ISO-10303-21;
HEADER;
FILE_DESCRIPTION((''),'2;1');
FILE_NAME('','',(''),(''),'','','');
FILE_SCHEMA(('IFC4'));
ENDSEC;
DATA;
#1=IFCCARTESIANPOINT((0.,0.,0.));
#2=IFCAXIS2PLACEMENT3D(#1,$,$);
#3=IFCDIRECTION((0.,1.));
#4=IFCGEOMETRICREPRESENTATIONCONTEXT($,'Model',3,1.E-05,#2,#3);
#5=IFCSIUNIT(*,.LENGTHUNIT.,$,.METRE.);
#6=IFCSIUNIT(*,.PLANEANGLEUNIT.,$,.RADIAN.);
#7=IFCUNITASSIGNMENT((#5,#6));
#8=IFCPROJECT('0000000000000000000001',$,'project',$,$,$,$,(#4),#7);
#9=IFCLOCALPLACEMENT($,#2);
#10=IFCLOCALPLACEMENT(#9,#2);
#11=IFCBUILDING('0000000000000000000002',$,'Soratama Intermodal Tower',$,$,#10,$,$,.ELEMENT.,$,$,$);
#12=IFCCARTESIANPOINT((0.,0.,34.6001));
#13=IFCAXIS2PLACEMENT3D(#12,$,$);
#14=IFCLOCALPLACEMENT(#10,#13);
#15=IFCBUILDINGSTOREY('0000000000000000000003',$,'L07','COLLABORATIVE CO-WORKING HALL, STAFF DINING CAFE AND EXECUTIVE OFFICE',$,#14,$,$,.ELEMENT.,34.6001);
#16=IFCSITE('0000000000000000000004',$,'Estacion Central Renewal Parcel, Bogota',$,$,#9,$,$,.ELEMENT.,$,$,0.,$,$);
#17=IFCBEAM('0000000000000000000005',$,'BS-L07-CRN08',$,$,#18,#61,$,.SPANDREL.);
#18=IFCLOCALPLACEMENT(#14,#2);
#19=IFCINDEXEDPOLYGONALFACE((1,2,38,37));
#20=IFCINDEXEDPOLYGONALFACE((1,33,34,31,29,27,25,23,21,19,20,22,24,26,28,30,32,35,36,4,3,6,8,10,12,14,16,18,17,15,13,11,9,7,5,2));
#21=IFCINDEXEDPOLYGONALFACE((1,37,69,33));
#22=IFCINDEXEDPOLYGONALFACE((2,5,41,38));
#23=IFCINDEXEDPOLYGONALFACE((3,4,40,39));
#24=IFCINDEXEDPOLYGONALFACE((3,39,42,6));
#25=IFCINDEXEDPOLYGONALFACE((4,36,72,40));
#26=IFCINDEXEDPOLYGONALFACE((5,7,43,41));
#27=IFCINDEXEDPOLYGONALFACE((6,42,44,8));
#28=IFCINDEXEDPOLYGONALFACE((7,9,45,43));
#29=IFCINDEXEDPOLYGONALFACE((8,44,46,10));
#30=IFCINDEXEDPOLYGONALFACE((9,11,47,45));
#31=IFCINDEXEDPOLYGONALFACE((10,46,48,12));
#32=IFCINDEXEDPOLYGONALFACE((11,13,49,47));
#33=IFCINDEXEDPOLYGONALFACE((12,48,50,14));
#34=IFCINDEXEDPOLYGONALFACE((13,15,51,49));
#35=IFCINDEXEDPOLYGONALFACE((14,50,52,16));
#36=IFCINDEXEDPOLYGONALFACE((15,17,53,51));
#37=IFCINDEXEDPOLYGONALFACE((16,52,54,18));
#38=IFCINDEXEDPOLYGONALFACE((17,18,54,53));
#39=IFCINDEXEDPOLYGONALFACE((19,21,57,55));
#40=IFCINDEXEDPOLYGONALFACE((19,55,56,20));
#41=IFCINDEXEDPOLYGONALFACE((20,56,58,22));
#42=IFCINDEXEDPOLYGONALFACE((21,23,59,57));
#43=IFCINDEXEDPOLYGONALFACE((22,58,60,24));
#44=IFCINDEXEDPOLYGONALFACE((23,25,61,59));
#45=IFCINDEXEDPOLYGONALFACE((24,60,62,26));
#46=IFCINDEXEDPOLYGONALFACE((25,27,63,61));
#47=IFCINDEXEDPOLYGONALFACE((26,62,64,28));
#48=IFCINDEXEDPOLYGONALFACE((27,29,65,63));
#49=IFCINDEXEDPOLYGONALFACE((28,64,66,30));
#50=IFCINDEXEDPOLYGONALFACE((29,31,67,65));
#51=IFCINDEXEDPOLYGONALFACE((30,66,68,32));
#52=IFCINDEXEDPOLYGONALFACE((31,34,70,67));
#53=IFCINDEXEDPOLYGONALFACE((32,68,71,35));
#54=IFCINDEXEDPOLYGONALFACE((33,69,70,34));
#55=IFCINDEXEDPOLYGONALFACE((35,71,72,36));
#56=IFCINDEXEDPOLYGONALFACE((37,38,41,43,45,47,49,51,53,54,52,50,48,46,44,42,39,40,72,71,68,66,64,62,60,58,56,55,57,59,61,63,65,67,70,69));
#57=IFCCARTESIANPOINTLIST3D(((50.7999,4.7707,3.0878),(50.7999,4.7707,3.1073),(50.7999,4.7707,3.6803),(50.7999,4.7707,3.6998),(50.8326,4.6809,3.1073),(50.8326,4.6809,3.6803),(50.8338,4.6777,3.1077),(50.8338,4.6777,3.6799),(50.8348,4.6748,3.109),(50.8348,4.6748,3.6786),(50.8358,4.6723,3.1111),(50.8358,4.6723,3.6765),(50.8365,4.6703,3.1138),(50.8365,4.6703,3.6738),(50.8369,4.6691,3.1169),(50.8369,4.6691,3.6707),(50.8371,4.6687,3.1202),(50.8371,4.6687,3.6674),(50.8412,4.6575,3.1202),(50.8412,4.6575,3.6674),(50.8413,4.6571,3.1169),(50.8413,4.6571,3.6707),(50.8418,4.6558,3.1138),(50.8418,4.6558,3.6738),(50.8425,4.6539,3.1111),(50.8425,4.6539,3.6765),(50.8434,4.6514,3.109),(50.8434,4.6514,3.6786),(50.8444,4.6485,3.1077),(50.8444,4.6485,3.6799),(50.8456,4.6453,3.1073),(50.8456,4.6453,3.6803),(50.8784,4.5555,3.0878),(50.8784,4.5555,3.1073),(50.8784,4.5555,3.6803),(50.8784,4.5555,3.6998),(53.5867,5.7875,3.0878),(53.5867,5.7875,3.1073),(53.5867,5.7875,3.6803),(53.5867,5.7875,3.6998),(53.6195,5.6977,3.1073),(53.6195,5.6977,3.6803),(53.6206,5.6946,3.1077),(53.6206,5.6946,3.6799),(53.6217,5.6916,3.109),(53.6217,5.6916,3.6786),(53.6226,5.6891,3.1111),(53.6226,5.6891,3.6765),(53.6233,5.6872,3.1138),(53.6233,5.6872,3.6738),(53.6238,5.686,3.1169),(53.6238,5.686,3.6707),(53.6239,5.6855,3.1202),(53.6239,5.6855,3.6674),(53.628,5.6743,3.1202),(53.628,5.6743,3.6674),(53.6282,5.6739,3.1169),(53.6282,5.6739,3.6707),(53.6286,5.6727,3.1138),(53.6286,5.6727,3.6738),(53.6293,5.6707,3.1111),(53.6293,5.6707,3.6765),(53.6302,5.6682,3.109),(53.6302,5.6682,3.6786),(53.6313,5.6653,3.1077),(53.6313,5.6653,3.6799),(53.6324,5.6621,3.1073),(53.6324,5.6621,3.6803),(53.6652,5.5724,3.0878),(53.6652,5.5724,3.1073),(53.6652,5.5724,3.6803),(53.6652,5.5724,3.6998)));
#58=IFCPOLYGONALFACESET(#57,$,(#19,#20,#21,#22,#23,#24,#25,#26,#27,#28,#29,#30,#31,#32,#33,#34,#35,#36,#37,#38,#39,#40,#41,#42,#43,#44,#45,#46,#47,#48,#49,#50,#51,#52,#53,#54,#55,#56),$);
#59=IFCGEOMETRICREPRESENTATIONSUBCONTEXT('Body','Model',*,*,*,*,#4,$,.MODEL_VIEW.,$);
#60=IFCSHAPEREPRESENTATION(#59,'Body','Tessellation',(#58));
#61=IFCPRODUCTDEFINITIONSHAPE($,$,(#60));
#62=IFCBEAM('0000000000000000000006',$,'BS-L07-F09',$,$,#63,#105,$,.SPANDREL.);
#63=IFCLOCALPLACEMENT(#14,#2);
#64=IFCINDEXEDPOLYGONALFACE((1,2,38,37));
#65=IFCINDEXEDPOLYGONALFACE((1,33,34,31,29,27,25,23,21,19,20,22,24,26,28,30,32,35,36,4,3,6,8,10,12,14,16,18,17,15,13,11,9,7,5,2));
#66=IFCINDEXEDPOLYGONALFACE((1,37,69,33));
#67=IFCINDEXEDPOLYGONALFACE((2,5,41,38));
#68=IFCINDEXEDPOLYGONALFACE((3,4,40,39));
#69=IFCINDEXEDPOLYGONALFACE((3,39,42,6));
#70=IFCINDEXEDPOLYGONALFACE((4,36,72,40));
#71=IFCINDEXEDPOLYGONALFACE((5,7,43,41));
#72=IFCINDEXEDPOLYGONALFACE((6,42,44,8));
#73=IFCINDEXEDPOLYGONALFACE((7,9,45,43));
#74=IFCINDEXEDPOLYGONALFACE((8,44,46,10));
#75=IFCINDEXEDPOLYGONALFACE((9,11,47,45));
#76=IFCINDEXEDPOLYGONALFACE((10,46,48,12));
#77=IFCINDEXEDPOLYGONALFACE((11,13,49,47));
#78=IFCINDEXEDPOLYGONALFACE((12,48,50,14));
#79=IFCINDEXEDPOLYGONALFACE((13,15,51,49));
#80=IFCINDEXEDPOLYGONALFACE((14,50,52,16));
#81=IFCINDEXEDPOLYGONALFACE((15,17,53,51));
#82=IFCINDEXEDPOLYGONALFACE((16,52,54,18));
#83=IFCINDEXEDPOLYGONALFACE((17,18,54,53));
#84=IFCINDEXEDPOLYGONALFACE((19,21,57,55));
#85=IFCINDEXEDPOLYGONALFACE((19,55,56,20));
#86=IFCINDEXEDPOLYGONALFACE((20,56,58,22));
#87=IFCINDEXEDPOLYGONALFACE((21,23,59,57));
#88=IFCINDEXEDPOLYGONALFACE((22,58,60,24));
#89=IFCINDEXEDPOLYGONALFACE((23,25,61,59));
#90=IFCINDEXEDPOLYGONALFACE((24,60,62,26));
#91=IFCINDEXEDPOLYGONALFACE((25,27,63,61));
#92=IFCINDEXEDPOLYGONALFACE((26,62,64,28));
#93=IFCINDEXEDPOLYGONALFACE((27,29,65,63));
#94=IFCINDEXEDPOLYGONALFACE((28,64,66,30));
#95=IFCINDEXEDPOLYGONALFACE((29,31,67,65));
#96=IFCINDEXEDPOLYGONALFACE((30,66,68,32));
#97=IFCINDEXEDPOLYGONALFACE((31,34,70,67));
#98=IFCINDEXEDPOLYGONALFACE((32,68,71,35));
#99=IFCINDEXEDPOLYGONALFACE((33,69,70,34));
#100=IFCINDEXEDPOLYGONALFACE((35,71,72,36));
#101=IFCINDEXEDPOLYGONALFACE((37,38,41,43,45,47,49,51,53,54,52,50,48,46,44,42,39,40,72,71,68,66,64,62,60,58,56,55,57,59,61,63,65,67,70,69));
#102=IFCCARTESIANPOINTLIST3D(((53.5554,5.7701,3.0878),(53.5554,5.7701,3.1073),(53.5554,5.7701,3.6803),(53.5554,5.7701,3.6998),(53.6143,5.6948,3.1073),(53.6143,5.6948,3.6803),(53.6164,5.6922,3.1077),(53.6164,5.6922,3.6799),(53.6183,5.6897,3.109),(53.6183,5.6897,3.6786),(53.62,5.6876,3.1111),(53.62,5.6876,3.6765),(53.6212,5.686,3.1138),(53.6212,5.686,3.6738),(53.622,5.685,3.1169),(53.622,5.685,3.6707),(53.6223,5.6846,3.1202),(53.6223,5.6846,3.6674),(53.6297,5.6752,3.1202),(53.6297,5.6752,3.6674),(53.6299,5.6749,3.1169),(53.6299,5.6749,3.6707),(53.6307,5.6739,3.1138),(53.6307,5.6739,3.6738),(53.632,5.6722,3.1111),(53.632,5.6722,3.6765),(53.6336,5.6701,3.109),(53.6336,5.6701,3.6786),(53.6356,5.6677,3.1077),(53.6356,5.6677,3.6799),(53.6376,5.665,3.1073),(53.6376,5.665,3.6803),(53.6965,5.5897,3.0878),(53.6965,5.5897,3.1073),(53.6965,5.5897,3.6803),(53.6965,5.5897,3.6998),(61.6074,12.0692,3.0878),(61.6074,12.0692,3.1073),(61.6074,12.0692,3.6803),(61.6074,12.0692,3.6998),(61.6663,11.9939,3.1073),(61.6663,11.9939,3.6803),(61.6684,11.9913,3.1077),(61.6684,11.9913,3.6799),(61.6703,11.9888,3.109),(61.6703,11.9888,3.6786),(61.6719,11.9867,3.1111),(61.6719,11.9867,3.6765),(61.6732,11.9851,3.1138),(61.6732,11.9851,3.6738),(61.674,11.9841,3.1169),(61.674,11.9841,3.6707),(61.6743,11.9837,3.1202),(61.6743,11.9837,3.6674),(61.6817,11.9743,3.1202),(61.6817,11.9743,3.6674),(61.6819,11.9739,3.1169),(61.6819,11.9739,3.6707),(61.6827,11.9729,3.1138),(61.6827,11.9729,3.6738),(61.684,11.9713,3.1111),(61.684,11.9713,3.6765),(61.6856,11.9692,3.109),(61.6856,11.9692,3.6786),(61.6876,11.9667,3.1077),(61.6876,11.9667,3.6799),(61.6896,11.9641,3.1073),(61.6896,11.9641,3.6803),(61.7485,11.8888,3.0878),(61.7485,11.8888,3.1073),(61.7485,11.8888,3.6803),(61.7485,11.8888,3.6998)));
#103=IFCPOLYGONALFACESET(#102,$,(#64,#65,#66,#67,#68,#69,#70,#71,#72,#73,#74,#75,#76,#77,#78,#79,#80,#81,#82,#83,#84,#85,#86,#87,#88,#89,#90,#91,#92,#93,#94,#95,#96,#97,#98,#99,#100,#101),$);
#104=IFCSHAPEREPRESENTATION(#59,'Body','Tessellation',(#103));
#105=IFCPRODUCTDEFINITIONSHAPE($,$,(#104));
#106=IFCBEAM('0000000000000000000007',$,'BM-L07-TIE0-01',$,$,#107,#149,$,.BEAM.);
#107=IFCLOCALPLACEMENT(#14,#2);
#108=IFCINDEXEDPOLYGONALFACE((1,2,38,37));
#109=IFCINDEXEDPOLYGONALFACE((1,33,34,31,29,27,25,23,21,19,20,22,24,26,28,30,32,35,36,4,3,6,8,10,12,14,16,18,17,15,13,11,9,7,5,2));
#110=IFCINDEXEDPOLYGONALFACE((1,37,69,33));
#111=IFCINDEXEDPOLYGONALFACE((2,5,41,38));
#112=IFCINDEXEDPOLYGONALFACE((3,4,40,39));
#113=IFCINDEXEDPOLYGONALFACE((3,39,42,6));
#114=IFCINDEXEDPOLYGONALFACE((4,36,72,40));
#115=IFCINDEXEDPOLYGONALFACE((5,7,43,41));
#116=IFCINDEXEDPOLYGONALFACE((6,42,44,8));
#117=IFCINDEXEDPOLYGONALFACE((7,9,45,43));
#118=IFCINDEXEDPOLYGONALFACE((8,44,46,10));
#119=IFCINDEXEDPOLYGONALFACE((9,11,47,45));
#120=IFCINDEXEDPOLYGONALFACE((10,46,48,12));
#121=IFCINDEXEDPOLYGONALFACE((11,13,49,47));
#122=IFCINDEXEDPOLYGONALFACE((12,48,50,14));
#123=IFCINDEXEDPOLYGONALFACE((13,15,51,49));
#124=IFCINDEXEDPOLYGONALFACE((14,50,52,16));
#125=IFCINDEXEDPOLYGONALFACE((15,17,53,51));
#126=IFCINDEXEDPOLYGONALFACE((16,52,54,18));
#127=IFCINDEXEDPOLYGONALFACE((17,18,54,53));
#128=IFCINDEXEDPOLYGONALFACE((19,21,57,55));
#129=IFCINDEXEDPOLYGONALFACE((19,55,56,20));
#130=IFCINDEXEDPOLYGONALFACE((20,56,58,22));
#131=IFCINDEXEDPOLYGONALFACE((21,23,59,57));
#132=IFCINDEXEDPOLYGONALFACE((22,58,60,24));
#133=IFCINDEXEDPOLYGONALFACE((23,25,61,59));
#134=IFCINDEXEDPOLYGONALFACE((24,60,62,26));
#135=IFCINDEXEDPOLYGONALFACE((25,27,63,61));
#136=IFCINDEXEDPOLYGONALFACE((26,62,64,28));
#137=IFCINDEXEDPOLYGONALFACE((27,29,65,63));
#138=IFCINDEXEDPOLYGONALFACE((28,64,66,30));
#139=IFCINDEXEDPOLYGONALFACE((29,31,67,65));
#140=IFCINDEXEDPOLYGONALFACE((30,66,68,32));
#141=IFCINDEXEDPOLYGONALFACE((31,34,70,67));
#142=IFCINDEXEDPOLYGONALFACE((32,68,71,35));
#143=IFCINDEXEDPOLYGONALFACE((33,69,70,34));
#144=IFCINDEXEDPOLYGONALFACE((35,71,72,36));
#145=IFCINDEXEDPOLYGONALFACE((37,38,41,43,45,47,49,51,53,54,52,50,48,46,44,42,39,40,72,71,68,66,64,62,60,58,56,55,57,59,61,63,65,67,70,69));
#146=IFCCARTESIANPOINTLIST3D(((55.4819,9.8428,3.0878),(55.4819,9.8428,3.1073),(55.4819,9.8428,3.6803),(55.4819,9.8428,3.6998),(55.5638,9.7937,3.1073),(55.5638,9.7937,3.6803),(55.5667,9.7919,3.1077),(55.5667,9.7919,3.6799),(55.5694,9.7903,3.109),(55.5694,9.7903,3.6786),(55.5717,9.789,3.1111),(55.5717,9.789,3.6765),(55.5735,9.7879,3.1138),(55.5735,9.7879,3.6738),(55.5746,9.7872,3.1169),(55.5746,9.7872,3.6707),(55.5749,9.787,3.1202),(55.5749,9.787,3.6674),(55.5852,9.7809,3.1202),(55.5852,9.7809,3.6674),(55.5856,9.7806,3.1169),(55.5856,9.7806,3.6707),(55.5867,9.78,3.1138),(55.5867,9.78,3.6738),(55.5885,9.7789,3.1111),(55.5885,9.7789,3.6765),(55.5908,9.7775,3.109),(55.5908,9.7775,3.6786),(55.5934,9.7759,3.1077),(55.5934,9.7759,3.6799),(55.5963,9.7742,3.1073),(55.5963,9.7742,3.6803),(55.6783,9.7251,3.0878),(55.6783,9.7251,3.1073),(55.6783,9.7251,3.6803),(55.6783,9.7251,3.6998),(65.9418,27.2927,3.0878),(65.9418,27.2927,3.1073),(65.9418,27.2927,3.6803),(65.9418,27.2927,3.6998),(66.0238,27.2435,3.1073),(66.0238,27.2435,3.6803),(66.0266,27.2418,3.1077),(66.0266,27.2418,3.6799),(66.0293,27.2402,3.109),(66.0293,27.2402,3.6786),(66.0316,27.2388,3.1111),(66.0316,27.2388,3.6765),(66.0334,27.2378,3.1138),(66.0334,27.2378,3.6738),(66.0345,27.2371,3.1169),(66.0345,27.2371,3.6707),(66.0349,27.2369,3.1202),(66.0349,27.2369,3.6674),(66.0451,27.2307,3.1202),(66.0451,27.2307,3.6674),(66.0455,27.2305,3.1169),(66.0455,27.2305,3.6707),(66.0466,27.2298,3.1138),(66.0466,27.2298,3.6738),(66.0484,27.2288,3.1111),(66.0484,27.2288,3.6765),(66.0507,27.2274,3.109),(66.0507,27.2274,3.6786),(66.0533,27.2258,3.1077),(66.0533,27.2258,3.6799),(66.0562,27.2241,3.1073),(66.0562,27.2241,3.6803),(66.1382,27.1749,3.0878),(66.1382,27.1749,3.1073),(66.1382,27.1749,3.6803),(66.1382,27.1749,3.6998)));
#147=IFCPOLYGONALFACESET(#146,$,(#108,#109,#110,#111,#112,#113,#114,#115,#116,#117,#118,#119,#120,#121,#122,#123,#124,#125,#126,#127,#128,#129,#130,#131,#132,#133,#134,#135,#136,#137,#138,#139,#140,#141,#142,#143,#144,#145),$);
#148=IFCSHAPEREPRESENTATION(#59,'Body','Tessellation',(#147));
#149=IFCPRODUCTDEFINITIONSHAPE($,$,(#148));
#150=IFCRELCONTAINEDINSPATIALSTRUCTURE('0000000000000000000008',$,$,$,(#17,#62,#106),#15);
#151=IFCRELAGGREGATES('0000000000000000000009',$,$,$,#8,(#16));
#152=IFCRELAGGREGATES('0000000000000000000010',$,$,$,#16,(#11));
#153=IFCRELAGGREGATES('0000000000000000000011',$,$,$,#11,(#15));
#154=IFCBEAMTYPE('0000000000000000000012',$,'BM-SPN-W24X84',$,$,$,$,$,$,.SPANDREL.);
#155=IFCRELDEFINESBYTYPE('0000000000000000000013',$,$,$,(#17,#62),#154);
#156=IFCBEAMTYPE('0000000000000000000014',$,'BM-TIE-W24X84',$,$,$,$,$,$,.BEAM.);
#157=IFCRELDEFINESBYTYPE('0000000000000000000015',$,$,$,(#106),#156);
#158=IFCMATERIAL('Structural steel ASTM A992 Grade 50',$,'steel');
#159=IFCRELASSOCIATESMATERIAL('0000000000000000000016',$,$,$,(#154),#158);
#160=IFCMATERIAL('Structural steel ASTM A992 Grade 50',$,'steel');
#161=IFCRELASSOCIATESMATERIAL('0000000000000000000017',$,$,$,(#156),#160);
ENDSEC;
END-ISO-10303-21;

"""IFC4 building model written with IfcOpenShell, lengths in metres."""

from ifc_helpers import new_model, si_unit, direction, frame, origin, origin_2d, place, context, subcontext, project, spatial, i_section, extrude, material, material_profile, profile_set, type_object, element, save


model = new_model("IFC4")

# Units and contexts
model_context = context("Model", 3, precision=1e-05, world=origin(), true_north=direction((0.0, 1.0)))
body_context = subcontext(model_context, "Body", "Model", "MODEL_VIEW")
ifc_project = project(units=[si_unit("LENGTHUNIT", "METRE"), si_unit("PLANEANGLEUNIT", "RADIAN")], contexts=[model_context])

# Site, building, storey
site_placement = place(None, origin())
site = spatial("IfcSite", under=ifc_project, at=site_placement, Name="Estacion Central Renewal Parcel, Bogota", CompositionType="ELEMENT", RefElevation=0.0)
building_placement = place(site_placement, origin())
building = spatial("IfcBuilding", under=site, at=building_placement, Name="Soratama Intermodal Tower", CompositionType="ELEMENT")
storey_placement = place(building_placement, frame((0.0, 0.0, 34.6001)))
storey = spatial("IfcBuildingStorey", under=building, at=storey_placement, Name="L07", Description="COLLABORATIVE CO-WORKING HALL, STAFF DINING CAFE AND EXECUTIVE OFFICE", CompositionType="ELEMENT", Elevation=34.6001)

# Beams
ifc_material_1 = material(Name="Structural steel ASTM A992 Grade 50", Category="steel")
ifc_material_profile_1 = material_profile(ifc_material_1, i_section(OverallWidth=0.229, OverallDepth=0.6121, WebThickness=0.012, FlangeThickness=0.0195, FilletRadius=0.0129, at=origin_2d()), Name="W24X84")
ifc_profile_set_1 = profile_set([ifc_material_profile_1], Name="Structural steel ASTM A992 Grade 50")
beam_type_1 = type_object("IfcBeamType", Name="BM-SPN-W24X84", PredefinedType="SPANDREL", material=ifc_profile_set_1)
beam_1_placement = place(storey_placement, frame((50.8391, 4.6631, 3.3938), z_axis=(0.93942, 0.342767, 0.0), x_axis=(-0.342767, 0.93942, 0.0)))
element("IfcBeam", 1, at=beam_1_placement, inside=storey, type_object=beam_type_1, Name="BS-L07-CRN08", PredefinedType="SPANDREL", context=body_context, shape_type="SweptSolid", body=[
    extrude(i_section(OverallWidth=0.229, OverallDepth=0.6121, WebThickness=0.012, FlangeThickness=0.0195, FilletRadius=0.0129, at=origin_2d()), origin(), (0.0, 0.0, 1.0), 2.9666),
])
beam_2_placement = place(storey_placement, frame((53.626, 5.6799, 3.3938), z_axis=(0.787623, 0.616157, 0.0), x_axis=(-0.616157, 0.787623, 0.0)))
element("IfcBeam", 2, at=beam_2_placement, inside=storey, type_object=beam_type_1, Name="BS-L07-F09", PredefinedType="SPANDREL", context=body_context, shape_type="SweptSolid", body=[
    extrude(i_section(OverallWidth=0.229, OverallDepth=0.6121, WebThickness=0.012, FlangeThickness=0.0195, FilletRadius=0.0129, at=origin_2d()), origin(), (0.0, 0.0, 1.0), 10.2231),
])
ifc_material_2 = material(Name="Structural steel ASTM A992 Grade 50", Category="steel")
ifc_material_profile_2 = material_profile(ifc_material_2, i_section(OverallWidth=0.229, OverallDepth=0.6121, WebThickness=0.012, FlangeThickness=0.0195, FilletRadius=0.0129, at=origin_2d()), Name="W24X84")
ifc_profile_set_2 = profile_set([ifc_material_profile_2], Name="Structural steel ASTM A992 Grade 50")
beam_type_2 = type_object("IfcBeamType", Name="BM-TIE-W24X84", PredefinedType="BEAM", material=ifc_profile_set_2)
beam_3_placement = place(storey_placement, frame((55.5801, 9.7839, 3.3938), z_axis=(0.514134, 0.85771, 0.0), x_axis=(-0.85771, 0.514134, 0.0)))
element("IfcBeam", 3, at=beam_3_placement, inside=storey, type_object=beam_type_2, Name="BM-L07-TIE0-01", PredefinedType="BEAM", context=body_context, shape_type="SweptSolid", body=[
    extrude(i_section(OverallWidth=0.229, OverallDepth=0.6121, WebThickness=0.012, FlangeThickness=0.0195, FilletRadius=0.0129, at=origin_2d()), origin(), (0.0, 0.0, 1.0), 20.3447),
])

save(model, "model.ifc")
